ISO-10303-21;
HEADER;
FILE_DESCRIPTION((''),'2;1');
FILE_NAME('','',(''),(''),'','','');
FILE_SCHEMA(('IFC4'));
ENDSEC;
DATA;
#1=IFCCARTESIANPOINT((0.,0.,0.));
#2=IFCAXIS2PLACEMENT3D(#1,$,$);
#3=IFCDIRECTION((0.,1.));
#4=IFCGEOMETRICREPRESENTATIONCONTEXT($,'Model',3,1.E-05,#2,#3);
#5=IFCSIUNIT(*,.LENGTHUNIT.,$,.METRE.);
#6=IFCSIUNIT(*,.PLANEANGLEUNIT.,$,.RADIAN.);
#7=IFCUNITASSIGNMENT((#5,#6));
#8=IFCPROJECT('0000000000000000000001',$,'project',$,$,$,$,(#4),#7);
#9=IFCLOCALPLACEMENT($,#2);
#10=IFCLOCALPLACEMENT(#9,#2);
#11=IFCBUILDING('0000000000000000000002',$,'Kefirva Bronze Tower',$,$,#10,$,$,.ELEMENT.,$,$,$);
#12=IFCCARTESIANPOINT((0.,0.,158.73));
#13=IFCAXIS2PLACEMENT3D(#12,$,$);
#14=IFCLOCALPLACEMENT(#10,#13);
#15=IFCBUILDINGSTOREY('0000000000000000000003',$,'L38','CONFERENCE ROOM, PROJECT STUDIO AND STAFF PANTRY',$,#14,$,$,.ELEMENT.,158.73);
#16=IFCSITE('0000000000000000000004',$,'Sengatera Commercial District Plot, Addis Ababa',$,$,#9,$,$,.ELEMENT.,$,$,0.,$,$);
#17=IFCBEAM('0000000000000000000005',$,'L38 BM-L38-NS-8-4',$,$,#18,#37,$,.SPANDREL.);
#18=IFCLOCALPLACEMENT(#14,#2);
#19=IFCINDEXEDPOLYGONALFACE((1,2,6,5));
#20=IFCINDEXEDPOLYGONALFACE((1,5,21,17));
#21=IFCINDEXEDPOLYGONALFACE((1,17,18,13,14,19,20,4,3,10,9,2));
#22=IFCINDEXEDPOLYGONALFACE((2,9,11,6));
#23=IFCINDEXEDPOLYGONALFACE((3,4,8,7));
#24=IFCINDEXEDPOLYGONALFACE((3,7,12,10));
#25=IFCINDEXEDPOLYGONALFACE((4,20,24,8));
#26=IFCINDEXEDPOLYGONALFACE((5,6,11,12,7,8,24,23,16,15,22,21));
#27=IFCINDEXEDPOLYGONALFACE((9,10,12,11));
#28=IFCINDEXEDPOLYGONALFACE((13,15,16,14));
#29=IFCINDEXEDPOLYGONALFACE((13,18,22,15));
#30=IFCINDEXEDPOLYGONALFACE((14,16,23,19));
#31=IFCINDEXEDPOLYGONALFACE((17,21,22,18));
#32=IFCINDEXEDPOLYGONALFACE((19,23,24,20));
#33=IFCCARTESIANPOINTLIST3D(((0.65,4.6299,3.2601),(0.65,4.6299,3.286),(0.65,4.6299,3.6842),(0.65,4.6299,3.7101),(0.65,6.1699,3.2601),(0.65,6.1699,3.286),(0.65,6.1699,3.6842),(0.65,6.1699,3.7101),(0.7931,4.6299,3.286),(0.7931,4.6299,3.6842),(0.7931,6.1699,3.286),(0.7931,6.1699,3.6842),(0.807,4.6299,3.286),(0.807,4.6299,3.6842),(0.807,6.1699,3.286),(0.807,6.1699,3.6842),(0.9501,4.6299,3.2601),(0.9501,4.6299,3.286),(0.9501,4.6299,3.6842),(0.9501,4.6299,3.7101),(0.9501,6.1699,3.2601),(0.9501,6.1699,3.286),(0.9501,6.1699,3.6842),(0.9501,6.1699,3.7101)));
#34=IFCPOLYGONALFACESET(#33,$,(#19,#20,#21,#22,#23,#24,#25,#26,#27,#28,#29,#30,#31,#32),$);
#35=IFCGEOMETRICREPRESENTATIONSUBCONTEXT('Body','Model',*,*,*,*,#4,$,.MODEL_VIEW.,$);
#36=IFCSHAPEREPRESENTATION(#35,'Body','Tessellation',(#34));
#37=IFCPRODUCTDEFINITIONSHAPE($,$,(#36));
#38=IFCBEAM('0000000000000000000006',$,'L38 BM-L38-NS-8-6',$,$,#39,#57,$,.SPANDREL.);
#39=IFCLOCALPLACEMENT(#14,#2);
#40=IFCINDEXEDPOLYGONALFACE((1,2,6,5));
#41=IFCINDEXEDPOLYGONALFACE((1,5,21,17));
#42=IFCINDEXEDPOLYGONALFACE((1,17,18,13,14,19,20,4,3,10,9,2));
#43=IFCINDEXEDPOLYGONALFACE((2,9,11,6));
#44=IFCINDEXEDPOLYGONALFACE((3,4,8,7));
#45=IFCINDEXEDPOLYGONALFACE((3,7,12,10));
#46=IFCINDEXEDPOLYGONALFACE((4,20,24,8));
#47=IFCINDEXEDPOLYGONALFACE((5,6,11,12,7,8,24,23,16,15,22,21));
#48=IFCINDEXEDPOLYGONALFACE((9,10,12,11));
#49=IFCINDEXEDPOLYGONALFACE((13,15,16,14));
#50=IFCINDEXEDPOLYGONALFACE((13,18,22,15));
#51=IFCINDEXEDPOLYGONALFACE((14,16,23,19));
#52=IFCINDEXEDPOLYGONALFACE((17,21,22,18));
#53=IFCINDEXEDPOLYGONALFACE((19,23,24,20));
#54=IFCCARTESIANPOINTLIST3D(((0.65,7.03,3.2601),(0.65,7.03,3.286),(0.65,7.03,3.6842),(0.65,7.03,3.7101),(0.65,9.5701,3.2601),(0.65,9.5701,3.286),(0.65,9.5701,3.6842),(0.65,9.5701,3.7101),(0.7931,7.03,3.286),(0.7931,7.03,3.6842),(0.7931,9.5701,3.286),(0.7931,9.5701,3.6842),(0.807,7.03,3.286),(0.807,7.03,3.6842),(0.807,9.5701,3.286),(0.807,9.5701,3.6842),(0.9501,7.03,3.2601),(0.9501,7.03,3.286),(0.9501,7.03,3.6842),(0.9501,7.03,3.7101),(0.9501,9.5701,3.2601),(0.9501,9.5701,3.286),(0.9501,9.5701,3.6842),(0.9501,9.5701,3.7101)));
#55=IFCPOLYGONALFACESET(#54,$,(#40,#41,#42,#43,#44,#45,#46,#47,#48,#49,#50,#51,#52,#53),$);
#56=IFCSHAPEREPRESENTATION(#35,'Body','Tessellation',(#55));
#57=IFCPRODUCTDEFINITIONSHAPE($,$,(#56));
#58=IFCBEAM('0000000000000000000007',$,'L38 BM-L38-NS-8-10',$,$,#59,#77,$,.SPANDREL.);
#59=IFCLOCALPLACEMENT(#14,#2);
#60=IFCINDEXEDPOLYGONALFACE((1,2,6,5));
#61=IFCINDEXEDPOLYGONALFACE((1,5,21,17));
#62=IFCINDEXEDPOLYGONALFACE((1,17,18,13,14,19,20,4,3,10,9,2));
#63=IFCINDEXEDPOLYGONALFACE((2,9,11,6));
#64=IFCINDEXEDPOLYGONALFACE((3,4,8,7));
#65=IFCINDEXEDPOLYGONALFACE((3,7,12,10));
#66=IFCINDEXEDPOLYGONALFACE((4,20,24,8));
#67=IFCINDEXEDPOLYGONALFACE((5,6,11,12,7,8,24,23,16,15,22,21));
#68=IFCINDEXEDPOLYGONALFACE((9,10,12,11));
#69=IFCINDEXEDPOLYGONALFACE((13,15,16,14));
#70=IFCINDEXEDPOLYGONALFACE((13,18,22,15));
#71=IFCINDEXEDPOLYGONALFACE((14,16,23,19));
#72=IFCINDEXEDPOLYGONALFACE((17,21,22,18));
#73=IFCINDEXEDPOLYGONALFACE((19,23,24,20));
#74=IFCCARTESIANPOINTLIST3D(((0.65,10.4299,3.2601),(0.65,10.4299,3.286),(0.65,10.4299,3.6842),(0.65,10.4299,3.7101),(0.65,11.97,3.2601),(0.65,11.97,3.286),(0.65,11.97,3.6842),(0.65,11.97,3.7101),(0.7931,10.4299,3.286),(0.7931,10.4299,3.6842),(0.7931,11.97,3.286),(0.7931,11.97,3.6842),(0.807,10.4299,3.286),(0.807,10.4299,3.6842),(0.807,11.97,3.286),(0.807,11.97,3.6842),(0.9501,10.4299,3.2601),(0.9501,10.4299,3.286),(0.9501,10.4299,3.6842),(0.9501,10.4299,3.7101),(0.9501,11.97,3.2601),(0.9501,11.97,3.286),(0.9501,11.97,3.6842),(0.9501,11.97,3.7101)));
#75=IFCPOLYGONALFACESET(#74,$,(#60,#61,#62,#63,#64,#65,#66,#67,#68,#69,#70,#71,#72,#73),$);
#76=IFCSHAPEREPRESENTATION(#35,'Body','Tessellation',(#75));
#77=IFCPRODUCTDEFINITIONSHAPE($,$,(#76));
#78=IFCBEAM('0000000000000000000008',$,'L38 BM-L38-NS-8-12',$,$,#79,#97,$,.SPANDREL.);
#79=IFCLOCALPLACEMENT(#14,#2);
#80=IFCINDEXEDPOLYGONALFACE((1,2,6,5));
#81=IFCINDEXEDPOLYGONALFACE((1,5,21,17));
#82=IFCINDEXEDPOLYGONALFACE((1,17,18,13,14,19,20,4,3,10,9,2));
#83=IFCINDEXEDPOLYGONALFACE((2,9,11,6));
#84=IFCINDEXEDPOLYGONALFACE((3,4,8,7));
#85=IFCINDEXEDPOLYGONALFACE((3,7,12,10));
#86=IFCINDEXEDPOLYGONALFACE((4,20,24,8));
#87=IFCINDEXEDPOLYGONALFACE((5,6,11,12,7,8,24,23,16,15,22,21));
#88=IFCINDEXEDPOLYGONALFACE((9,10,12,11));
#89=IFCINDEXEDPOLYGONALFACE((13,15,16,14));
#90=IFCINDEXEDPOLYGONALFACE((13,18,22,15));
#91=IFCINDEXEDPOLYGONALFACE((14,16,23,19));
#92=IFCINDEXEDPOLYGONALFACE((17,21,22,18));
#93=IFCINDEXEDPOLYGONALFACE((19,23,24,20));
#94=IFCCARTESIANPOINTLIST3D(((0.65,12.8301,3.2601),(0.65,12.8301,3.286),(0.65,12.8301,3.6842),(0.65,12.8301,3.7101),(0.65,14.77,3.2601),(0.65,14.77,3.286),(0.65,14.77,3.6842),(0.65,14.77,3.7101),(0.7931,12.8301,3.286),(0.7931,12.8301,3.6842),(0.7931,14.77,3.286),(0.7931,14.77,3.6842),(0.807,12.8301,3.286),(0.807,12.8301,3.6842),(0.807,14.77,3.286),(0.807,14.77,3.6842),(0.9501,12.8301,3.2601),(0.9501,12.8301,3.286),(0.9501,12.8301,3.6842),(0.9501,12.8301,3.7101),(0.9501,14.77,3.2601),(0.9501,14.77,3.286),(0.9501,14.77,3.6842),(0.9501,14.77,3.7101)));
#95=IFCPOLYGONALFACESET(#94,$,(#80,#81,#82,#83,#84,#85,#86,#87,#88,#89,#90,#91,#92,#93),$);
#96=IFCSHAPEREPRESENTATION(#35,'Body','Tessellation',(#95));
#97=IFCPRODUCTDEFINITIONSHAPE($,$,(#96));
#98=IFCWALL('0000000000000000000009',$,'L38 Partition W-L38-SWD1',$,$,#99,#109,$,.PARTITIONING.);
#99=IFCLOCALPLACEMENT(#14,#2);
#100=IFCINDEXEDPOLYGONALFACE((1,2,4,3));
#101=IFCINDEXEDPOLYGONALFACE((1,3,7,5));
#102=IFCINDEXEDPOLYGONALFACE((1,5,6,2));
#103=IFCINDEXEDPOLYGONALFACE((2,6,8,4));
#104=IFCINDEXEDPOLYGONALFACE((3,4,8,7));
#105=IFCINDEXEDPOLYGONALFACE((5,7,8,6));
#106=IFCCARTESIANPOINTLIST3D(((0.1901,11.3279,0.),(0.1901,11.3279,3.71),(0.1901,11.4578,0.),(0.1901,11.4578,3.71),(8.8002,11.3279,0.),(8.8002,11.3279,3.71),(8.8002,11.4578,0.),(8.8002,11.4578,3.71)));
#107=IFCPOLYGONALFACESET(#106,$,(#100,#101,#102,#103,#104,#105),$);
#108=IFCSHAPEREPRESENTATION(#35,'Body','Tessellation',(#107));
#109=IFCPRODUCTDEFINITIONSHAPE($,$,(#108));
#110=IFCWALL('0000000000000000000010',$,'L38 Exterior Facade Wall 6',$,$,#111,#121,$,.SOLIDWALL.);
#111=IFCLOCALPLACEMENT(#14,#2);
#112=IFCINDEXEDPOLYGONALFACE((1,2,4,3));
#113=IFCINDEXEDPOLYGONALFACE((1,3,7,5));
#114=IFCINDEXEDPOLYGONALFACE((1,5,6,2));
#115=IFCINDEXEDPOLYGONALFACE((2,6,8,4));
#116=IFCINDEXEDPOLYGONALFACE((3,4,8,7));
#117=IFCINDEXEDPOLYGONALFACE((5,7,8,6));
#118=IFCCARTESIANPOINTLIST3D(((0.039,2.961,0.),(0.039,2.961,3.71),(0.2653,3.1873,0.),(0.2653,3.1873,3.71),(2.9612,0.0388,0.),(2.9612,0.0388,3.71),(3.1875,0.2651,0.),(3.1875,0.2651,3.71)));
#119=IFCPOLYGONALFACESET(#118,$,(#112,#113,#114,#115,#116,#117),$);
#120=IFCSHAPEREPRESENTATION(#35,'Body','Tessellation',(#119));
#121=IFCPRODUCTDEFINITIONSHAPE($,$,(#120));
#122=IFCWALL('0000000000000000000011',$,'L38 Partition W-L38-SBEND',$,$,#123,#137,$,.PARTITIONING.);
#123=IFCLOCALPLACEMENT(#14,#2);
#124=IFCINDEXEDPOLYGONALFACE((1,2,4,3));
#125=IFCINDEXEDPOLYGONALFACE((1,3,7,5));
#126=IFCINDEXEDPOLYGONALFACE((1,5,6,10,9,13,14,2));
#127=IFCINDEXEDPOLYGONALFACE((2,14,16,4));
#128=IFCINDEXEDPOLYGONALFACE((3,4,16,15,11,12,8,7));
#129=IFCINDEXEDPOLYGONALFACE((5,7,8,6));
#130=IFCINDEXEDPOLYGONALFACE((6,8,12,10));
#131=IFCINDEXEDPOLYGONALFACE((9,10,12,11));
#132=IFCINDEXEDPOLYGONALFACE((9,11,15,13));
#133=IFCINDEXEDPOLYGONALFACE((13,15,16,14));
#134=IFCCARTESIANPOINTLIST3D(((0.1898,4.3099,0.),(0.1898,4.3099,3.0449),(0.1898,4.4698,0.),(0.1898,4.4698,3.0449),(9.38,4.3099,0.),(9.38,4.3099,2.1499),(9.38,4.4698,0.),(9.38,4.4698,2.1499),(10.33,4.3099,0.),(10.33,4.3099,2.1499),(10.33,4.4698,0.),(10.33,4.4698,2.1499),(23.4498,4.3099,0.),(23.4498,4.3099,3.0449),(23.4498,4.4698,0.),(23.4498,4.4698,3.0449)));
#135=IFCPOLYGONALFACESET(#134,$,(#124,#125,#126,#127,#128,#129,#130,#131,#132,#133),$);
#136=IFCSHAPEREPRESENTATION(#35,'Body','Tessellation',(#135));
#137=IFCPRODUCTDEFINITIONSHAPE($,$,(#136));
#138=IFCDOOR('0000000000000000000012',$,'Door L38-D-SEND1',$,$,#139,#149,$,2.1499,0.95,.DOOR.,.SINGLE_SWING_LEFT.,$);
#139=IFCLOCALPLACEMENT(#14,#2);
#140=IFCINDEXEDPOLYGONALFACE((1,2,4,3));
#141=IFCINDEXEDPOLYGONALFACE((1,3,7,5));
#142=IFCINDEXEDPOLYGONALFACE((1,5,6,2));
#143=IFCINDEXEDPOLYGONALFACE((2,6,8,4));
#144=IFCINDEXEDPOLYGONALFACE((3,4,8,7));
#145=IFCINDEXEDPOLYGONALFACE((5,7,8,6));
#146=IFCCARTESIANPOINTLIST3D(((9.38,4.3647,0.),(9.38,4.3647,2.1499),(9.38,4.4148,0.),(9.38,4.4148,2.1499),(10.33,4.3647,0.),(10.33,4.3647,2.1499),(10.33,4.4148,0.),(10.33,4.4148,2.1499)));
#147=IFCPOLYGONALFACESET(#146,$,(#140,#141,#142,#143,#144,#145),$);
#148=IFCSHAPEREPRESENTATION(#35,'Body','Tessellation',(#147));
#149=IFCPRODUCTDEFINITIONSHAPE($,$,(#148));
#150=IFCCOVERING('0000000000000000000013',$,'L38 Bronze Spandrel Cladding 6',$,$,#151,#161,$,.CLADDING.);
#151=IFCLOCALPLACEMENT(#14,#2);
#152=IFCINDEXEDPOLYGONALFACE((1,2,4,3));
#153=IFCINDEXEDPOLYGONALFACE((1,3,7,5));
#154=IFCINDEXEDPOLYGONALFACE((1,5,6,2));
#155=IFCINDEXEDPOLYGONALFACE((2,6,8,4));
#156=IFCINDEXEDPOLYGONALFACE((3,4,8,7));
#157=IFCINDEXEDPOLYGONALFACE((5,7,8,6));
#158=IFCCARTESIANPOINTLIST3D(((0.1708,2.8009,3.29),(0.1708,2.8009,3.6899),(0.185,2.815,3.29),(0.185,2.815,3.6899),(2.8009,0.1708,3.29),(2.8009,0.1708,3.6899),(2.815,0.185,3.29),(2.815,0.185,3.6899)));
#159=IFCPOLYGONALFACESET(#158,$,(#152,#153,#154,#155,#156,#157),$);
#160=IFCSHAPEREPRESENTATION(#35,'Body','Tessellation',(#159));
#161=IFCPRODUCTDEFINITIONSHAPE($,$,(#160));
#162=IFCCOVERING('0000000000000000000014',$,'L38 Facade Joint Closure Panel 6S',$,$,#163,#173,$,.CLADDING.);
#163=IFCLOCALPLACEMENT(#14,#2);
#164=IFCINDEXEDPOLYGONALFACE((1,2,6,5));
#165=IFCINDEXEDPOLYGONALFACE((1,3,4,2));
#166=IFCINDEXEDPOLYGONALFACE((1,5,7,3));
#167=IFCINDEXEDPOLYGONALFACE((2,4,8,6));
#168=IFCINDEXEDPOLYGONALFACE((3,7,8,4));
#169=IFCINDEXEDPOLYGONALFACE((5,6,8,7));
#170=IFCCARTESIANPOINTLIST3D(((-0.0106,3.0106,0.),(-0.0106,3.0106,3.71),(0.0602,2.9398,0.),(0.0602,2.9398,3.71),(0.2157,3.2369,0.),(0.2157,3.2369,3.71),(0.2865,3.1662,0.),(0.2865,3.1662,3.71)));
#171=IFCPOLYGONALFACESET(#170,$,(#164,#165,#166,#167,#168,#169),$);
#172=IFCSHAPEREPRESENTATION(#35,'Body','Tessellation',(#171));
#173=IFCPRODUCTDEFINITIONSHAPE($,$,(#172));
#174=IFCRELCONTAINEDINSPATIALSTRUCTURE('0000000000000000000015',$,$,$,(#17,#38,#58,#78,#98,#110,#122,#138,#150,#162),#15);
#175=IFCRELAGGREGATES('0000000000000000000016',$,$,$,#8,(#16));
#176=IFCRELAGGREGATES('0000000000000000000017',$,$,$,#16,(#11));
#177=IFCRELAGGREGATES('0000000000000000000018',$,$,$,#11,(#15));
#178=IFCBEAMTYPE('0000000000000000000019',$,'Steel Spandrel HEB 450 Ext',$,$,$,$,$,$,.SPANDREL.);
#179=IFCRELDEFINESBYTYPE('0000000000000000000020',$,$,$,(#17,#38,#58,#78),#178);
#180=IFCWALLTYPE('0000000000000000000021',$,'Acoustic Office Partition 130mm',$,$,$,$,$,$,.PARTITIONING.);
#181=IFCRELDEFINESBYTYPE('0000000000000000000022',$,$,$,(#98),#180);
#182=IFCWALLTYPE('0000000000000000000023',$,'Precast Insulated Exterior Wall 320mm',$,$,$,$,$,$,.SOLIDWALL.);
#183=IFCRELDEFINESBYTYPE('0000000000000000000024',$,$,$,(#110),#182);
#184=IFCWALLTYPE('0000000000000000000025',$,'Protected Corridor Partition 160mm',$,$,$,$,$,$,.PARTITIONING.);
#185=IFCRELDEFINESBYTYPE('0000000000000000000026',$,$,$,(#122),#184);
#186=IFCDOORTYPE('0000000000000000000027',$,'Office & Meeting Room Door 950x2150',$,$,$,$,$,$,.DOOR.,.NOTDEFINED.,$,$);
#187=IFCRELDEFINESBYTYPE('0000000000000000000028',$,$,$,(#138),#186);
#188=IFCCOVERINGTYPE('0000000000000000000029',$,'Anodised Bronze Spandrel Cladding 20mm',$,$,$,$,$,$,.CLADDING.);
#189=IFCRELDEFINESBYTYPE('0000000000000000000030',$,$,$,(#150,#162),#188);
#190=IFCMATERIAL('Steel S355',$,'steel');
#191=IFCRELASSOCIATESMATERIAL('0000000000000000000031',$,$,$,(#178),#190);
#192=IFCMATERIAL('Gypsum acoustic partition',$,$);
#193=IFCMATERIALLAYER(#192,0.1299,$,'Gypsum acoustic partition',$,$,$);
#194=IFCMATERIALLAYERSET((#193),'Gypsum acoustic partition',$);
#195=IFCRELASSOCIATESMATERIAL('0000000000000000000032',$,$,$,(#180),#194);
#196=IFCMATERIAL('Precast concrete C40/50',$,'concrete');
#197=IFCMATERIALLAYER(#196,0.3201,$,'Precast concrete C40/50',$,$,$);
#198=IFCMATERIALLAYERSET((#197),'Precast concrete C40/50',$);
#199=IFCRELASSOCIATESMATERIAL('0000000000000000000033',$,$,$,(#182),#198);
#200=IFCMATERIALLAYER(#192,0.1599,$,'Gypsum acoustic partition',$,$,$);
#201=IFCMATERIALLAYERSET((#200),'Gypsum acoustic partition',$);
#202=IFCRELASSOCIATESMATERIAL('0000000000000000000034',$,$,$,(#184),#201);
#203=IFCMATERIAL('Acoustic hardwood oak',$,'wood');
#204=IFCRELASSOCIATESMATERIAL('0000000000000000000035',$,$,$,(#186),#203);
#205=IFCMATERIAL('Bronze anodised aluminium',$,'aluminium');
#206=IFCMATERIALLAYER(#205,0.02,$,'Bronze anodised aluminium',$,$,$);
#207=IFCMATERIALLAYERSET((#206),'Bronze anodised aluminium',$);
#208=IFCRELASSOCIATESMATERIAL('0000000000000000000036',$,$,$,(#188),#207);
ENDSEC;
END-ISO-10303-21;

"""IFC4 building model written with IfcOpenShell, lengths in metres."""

from ifc_helpers import new_model, si_unit, direction, frame, frame_2d, origin, origin_2d, place, context, subcontext, project, spatial, rectangle, i_section, extrude, material, layer, layer_set, material_profile, profile_set, type_object, element, fill, save


model = new_model("IFC4")

# Units and contexts
model_context = context("Model", 3, precision=1e-05, world=origin(), true_north=direction((0.0, 1.0)))
body_context = subcontext(model_context, "Body", "Model", "MODEL_VIEW")
ifc_project = project(units=[si_unit("LENGTHUNIT", "METRE"), si_unit("PLANEANGLEUNIT", "RADIAN")], contexts=[model_context])

# Site, building, storey
site_placement = place(None, origin())
site = spatial("IfcSite", under=ifc_project, at=site_placement, Name="Sengatera Commercial District Plot, Addis Ababa", CompositionType="ELEMENT", RefElevation=0.0)
building_placement = place(site_placement, origin())
building = spatial("IfcBuilding", under=site, at=building_placement, Name="Kefirva Bronze Tower", CompositionType="ELEMENT")
storey_placement = place(building_placement, frame((0.0, 0.0, 158.73)))
storey = spatial("IfcBuildingStorey", under=building, at=storey_placement, Name="L38", Description="CONFERENCE ROOM, PROJECT STUDIO AND STAFF PANTRY", CompositionType="ELEMENT", Elevation=158.73)

# Shared definitions
ifc_material_1 = material(Name="Bronze anodised aluminium", Category="aluminium")

# Beams
ifc_material_2 = material(Name="Steel S355", Category="steel")
ifc_material_profile_1 = material_profile(ifc_material_2, i_section(OverallWidth=0.3, OverallDepth=0.45, WebThickness=0.0139, FlangeThickness=0.0259, at=origin_2d()), Name="HEB 450")
ifc_profile_set_1 = profile_set([ifc_material_profile_1], Name="Steel S355")
beam_type_1 = type_object("IfcBeamType", Name="Steel Spandrel HEB 450 Ext", PredefinedType="SPANDREL", material=ifc_profile_set_1)
beam_1_placement = place(storey_placement, frame((0.8, 4.6299, 3.4851), z_axis=(0.0, 1.0, 0.0), x_axis=(-1.0, 0.0, 0.0)))
element("IfcBeam", 1, at=beam_1_placement, inside=storey, type_object=beam_type_1, Name="L38 BM-L38-NS-8-4", PredefinedType="SPANDREL", context=body_context, shape_type="SweptSolid", body=[
    extrude(i_section(OverallWidth=0.3, OverallDepth=0.45, WebThickness=0.0139, FlangeThickness=0.0259, at=origin_2d()), origin(), (0.0, 0.0, 1.0), 1.54),
])
beam_2_placement = place(storey_placement, frame((0.8, 7.03, 3.4851), z_axis=(0.0, 1.0, 0.0), x_axis=(-1.0, 0.0, 0.0)))
element("IfcBeam", 2, at=beam_2_placement, inside=storey, type_object=beam_type_1, Name="L38 BM-L38-NS-8-6", PredefinedType="SPANDREL", context=body_context, shape_type="SweptSolid", body=[
    extrude(i_section(OverallWidth=0.3, OverallDepth=0.45, WebThickness=0.0139, FlangeThickness=0.0259, at=origin_2d()), origin(), (0.0, 0.0, 1.0), 2.54),
])
beam_3_placement = place(storey_placement, frame((0.8, 10.4299, 3.4851), z_axis=(0.0, 1.0, 0.0), x_axis=(-1.0, 0.0, 0.0)))
element("IfcBeam", 3, at=beam_3_placement, inside=storey, type_object=beam_type_1, Name="L38 BM-L38-NS-8-10", PredefinedType="SPANDREL", context=body_context, shape_type="SweptSolid", body=[
    extrude(i_section(OverallWidth=0.3, OverallDepth=0.45, WebThickness=0.0139, FlangeThickness=0.0259, at=origin_2d()), origin(), (0.0, 0.0, 1.0), 1.54),
])
beam_4_placement = place(storey_placement, frame((0.8, 12.8301, 3.4851), z_axis=(0.0, 1.0, 0.0), x_axis=(-1.0, 0.0, 0.0)))
element("IfcBeam", 4, at=beam_4_placement, inside=storey, type_object=beam_type_1, Name="L38 BM-L38-NS-8-12", PredefinedType="SPANDREL", context=body_context, shape_type="SweptSolid", body=[
    extrude(i_section(OverallWidth=0.3, OverallDepth=0.45, WebThickness=0.0139, FlangeThickness=0.0259, at=origin_2d()), origin(), (0.0, 0.0, 1.0), 1.9399),
])

# Walls
ifc_material_3 = material(Name="Gypsum acoustic partition")
ifc_layer_1 = layer(ifc_material_3, 0.1299, Name="Gypsum acoustic partition")
ifc_layer_set_1 = layer_set([ifc_layer_1], Name="Gypsum acoustic partition")
wall_type_1 = type_object("IfcWallType", Name="Acoustic Office Partition 130mm", PredefinedType="PARTITIONING", material=ifc_layer_set_1)
wall_1_placement = place(storey_placement, frame((0.1899, 11.3928, 0.0), z_axis=(0.0, 0.0, 1.0), x_axis=(1.0, 0.0, 0.0)))
element("IfcWall", 5, at=wall_1_placement, inside=storey, type_object=wall_type_1, Name="L38 Partition W-L38-SWD1", PredefinedType="PARTITIONING", context=body_context, shape_type="SweptSolid", body=[
    extrude(rectangle(XDim=8.6101, YDim=0.1299, at=frame_2d((4.3052, 0.0))), origin(), (0.0, 0.0, 1.0), 3.71),
])
ifc_material_4 = material(Name="Precast concrete C40/50", Category="concrete")
ifc_layer_2 = layer(ifc_material_4, 0.3201, Name="Precast concrete C40/50")
ifc_layer_set_2 = layer_set([ifc_layer_2], Name="Precast concrete C40/50")
wall_type_2 = type_object("IfcWallType", Name="Precast Insulated Exterior Wall 320mm", PredefinedType="SOLIDWALL", material=ifc_layer_set_2)
wall_2_placement = place(storey_placement, frame((0.1521, 3.0742, 0.0), z_axis=(0.0, 0.0, 1.0), x_axis=(0.707107, -0.707107, 0.0)))
element("IfcWall", 6, at=wall_2_placement, inside=storey, type_object=wall_type_2, Name="L38 Exterior Facade Wall 6", PredefinedType="SOLIDWALL", context=body_context, shape_type="SweptSolid", body=[
    extrude(rectangle(XDim=4.1326, YDim=0.3201, at=frame_2d((2.0664, 0.0))), origin(), (0.0, 0.0, 1.0), 3.71),
])

# Wall, opening, door
ifc_layer_3 = layer(ifc_material_3, 0.1599, Name="Gypsum acoustic partition")
ifc_layer_set_3 = layer_set([ifc_layer_3], Name="Gypsum acoustic partition")
wall_type_3 = type_object("IfcWallType", Name="Protected Corridor Partition 160mm", PredefinedType="PARTITIONING", material=ifc_layer_set_3)
wall_3_placement = place(storey_placement, frame((0.1899, 4.3899, 0.0), z_axis=(0.0, 0.0, 1.0), x_axis=(1.0, 0.0, 0.0)))
wall_3 = element("IfcWall", 7, at=wall_3_placement, inside=storey, type_object=wall_type_3, Name="L38 Partition W-L38-SBEND", PredefinedType="PARTITIONING", context=body_context, shape_type="SweptSolid", body=[
    extrude(rectangle(XDim=23.26, YDim=0.1599, at=frame_2d((11.6299, 0.0))), origin(), (0.0, 0.0, 1.0), 3.0449),
])
opening_placement = place(wall_3_placement, frame((9.1899, 0.0, 0.0)))
opening = element("IfcOpeningElement", 8, at=opening_placement, cuts=wall_3, PredefinedType="OPENING", context=body_context, shape_type="SweptSolid", body=[
    extrude(rectangle(XDim=0.95, YDim=2.1499, at=frame_2d((0.4751, 1.075))), frame((0.0, 0.0898, 0.0), z_axis=(0.0, -1.0, 0.0), x_axis=(1.0, 0.0, 0.0)), (0.0, 0.0, 1.0), 0.1799),
])
ifc_material_5 = material(Name="Acoustic hardwood oak", Category="wood")
door_type = type_object("IfcDoorType", Name="Office & Meeting Room Door 950x2150", OperationType="NOTDEFINED", PredefinedType="DOOR", material=ifc_material_5)
door_placement = place(opening_placement, origin())
door = element("IfcDoor", 9, at=door_placement, inside=storey, type_object=door_type, Name="Door L38-D-SEND1", OperationType="SINGLE_SWING_LEFT", OverallHeight=2.1499, OverallWidth=0.95, PredefinedType="DOOR", context=body_context, shape_type="SweptSolid", body=[
    extrude(rectangle(XDim=0.95, YDim=2.1499, at=frame_2d((0.4751, 1.075))), frame((0.0, 0.0249, 0.0), z_axis=(0.0, -1.0, 0.0), x_axis=(1.0, 0.0, 0.0)), (0.0, 0.0, 1.0), 0.05),
])
fill(opening, door)

# Coverings
ifc_layer_4 = layer(ifc_material_1, 0.02, Name="Bronze anodised aluminium")
ifc_layer_set_4 = layer_set([ifc_layer_4], Name="Bronze anodised aluminium")
covering_type_1 = type_object("IfcCoveringType", Name="Anodised Bronze Spandrel Cladding 20mm", PredefinedType="CLADDING", material=ifc_layer_set_4)
covering_1_placement = place(storey_placement, frame((1.4929, 1.4929, 3.29), z_axis=(0.0, 0.0, 1.0), x_axis=(0.707107, -0.707107, 0.0)))
element("IfcCovering", 10, at=covering_1_placement, inside=storey, type_object=covering_type_1, Name="L38 Bronze Spandrel Cladding 6", PredefinedType="CLADDING", context=body_context, shape_type="SweptSolid", body=[
    extrude(rectangle(XDim=3.7195, YDim=0.02, at=origin_2d()), origin(), (0.0, 0.0, 1.0), 0.3999),
])
covering_2_placement = place(storey_placement, frame((0.1379, 3.0884, 0.0), z_axis=(0.0, 0.0, 1.0), x_axis=(0.707107, -0.707107, 0.0)))
element("IfcCovering", 11, at=covering_2_placement, inside=storey, type_object=covering_type_1, Name="L38 Facade Joint Closure Panel 6S", PredefinedType="CLADDING", context=body_context, shape_type="SweptSolid", body=[
    extrude(rectangle(XDim=0.1001, YDim=0.3201, at=origin_2d()), origin(), (0.0, 0.0, 1.0), 3.71),
])

save(model, "model.ifc")
